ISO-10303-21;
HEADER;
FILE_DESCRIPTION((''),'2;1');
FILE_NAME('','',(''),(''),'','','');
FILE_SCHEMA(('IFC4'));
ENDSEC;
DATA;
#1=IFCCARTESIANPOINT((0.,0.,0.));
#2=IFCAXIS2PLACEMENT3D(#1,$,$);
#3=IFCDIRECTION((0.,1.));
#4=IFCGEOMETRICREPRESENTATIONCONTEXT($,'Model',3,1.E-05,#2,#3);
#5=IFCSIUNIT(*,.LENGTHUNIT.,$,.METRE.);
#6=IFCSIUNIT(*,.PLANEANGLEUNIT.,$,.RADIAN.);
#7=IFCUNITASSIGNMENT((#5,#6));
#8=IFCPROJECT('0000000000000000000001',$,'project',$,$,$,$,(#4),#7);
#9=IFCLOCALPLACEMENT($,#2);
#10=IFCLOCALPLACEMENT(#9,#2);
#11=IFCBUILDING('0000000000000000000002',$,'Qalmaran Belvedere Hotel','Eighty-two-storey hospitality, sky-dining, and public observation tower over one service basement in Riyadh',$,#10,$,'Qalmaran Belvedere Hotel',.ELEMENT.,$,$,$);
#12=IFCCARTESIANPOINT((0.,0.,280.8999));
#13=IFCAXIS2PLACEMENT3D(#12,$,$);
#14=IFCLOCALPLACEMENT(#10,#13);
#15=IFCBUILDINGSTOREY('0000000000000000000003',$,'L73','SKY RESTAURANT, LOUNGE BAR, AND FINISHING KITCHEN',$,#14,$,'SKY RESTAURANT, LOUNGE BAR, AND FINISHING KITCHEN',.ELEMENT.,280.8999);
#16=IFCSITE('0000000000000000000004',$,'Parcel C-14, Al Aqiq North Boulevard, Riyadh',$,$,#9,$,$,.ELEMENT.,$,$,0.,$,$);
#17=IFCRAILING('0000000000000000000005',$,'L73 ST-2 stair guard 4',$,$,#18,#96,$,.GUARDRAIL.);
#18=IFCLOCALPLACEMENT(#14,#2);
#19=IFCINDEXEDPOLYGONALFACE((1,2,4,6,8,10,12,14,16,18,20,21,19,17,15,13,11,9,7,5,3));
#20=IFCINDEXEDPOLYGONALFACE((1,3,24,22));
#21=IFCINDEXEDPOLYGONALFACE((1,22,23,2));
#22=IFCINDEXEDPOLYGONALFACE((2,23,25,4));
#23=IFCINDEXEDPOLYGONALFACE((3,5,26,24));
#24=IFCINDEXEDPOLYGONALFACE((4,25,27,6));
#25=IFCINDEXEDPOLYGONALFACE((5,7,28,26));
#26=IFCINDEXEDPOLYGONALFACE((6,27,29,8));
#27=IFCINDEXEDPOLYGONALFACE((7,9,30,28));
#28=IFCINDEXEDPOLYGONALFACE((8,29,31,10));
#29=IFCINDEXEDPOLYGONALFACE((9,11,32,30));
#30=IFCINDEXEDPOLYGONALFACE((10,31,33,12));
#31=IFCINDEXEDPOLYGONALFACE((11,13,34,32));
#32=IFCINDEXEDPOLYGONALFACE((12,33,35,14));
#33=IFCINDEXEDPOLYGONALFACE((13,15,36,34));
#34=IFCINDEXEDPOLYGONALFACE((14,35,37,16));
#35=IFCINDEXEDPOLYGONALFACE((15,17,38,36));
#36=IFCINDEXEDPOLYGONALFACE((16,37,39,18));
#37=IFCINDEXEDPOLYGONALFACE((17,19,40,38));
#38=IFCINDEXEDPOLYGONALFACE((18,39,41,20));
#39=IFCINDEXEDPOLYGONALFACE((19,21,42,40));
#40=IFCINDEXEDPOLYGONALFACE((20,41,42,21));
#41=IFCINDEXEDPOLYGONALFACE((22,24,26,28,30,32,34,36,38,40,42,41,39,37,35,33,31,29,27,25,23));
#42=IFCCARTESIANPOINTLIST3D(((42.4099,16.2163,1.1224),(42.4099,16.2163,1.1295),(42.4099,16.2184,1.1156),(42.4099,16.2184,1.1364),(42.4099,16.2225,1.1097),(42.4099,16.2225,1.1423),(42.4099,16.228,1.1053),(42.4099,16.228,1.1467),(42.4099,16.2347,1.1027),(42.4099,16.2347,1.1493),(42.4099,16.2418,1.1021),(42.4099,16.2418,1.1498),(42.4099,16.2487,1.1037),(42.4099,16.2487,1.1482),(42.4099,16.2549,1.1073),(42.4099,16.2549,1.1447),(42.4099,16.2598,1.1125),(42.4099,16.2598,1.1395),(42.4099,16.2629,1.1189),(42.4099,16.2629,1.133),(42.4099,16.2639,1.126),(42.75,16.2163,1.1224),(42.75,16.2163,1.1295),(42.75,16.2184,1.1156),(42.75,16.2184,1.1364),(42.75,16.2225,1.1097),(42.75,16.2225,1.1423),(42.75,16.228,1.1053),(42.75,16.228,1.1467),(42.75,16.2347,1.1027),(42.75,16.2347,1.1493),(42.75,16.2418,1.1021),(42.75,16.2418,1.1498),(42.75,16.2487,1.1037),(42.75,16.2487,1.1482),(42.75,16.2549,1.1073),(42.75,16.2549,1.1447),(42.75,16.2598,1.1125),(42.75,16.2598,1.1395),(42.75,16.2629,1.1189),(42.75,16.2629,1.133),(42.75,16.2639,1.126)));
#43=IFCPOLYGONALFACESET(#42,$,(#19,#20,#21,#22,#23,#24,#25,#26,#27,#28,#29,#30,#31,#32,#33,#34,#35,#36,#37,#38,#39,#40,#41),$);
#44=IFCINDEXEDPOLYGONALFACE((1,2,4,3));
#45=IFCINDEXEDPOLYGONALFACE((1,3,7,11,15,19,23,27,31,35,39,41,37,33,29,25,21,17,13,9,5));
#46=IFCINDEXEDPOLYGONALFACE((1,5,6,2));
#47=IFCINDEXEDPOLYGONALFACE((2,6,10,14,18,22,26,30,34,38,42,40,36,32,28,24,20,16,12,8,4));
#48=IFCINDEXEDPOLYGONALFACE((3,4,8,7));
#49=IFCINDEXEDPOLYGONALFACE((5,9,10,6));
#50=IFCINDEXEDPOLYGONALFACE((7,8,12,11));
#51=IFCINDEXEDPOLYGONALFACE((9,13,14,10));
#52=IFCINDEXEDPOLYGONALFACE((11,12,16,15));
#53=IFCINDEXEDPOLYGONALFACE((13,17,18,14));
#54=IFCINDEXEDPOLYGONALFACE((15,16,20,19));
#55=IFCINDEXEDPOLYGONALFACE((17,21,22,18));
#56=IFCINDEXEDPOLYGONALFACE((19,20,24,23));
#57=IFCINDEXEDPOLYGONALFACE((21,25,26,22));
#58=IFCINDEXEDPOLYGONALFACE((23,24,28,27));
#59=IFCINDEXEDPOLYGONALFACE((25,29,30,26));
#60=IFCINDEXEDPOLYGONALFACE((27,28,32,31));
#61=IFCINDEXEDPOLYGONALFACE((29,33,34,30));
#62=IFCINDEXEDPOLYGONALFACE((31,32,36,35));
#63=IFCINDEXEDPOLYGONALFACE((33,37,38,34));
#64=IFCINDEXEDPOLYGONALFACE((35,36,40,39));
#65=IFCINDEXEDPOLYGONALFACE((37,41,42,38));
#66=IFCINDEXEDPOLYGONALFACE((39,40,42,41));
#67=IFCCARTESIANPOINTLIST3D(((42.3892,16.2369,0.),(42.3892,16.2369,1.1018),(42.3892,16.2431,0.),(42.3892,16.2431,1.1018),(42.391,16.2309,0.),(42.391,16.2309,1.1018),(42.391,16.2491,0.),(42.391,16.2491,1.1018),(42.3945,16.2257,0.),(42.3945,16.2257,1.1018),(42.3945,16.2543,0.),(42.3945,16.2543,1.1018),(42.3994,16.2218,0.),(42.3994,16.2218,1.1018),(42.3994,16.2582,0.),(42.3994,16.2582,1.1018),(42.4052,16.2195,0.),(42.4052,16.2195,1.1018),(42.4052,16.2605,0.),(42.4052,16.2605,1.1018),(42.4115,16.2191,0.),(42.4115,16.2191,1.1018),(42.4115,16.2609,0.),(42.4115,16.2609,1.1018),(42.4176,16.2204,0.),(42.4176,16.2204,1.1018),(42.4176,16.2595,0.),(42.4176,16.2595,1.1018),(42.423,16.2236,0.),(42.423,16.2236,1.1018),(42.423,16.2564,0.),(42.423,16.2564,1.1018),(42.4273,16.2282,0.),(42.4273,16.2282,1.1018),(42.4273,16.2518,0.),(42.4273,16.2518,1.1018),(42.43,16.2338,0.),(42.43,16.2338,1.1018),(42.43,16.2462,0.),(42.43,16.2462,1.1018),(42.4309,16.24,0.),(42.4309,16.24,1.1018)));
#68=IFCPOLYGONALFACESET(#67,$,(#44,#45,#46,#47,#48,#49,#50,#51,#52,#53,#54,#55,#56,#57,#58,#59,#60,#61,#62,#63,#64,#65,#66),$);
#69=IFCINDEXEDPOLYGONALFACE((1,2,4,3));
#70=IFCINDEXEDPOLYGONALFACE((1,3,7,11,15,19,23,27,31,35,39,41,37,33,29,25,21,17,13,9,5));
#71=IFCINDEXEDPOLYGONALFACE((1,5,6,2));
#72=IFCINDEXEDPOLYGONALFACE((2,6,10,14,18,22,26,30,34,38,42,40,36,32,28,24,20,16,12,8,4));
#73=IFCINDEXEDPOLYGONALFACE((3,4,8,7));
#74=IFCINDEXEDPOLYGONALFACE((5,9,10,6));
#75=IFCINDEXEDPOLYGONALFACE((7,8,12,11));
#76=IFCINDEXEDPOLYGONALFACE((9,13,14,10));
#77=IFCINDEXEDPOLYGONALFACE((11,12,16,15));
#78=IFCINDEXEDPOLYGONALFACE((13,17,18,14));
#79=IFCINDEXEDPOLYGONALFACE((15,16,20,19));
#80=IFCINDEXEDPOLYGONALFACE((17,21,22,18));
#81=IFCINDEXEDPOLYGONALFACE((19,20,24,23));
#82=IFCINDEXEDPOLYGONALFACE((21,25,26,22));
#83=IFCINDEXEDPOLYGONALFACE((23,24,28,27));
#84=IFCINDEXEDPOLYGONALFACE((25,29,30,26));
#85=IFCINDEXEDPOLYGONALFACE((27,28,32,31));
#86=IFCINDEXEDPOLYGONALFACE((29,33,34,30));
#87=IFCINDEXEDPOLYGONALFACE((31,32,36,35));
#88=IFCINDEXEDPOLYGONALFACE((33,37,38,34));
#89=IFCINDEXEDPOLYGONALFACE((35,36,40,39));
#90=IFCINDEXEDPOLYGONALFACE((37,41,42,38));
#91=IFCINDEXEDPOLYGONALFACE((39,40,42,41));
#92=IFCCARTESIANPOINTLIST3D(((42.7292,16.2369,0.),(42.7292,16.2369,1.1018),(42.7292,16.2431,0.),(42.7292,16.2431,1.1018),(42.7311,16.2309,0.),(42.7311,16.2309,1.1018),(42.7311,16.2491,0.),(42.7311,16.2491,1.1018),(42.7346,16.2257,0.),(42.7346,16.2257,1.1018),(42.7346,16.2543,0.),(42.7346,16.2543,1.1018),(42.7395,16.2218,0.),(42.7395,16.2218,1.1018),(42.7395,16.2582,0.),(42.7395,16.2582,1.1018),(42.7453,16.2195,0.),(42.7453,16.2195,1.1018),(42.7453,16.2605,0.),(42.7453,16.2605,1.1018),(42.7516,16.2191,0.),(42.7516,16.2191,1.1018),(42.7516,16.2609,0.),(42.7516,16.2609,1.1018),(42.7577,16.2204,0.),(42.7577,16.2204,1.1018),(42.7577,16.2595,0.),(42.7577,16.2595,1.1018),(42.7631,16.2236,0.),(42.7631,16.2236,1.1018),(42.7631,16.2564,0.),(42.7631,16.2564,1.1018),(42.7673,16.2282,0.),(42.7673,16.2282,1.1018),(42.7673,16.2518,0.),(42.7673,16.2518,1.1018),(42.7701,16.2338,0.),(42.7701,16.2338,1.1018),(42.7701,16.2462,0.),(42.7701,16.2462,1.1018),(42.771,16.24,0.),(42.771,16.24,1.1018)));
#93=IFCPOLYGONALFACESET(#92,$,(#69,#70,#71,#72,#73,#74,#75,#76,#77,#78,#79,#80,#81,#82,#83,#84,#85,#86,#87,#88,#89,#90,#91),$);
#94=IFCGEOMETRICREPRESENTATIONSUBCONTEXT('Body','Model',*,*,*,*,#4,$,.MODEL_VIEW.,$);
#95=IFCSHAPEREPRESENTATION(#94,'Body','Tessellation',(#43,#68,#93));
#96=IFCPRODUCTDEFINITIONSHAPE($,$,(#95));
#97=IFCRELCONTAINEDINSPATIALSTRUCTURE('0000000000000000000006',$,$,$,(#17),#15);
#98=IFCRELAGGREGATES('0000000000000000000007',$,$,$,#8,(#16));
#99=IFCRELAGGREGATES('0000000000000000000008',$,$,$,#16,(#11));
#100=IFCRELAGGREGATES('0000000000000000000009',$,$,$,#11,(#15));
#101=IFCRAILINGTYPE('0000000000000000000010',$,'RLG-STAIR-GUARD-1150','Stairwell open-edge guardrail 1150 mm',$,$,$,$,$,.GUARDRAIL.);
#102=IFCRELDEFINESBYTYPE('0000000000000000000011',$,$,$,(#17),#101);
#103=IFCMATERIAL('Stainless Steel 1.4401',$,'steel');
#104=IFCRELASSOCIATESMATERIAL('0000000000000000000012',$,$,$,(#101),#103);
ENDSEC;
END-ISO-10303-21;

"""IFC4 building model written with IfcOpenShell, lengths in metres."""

from ifc_helpers import new_model, si_unit, direction, frame, origin, origin_2d, place, context, subcontext, project, spatial, circle, extrude, material, type_object, element, save


model = new_model("IFC4")

# Units and contexts
model_context = context("Model", 3, precision=1e-05, world=origin(), true_north=direction((0.0, 1.0)))
body_context = subcontext(model_context, "Body", "Model", "MODEL_VIEW")
ifc_project = project(units=[si_unit("LENGTHUNIT", "METRE"), si_unit("PLANEANGLEUNIT", "RADIAN")], contexts=[model_context])

# Site, building, storey
site_placement = place(None, origin())
site = spatial("IfcSite", under=ifc_project, at=site_placement, Name="Parcel C-14, Al Aqiq North Boulevard, Riyadh", CompositionType="ELEMENT", RefElevation=0.0)
building_placement = place(site_placement, origin())
building = spatial("IfcBuilding", under=site, at=building_placement, Name="Qalmaran Belvedere Hotel", Description="Eighty-two-storey hospitality, sky-dining, and public observation tower over one service basement in Riyadh", LongName="Qalmaran Belvedere Hotel", CompositionType="ELEMENT")
storey_placement = place(building_placement, frame((0.0, 0.0, 280.8999)))
storey = spatial("IfcBuildingStorey", under=building, at=storey_placement, Name="L73", Description="SKY RESTAURANT, LOUNGE BAR, AND FINISHING KITCHEN", LongName="SKY RESTAURANT, LOUNGE BAR, AND FINISHING KITCHEN", CompositionType="ELEMENT", Elevation=280.8999)

# Railing
ifc_material_1 = material(Name="Stainless Steel 1.4401", Category="steel")
railing_type_1 = type_object("IfcRailingType", Name="RLG-STAIR-GUARD-1150", Description="Stairwell open-edge guardrail 1150 mm", PredefinedType="GUARDRAIL", material=ifc_material_1)
railing_1_placement = place(storey_placement, frame((42.4099, 16.24, 0.0)))
element("IfcRailing", 1, at=railing_1_placement, inside=storey, type_object=railing_type_1, Name="L73 ST-2 stair guard 4", PredefinedType="GUARDRAIL", context=body_context, shape_type="SweptSolid", body=[
    extrude(circle(Radius=0.0239, at=origin_2d()), frame((0.0, 0.0, 1.126), z_axis=(1.0, 0.0, 0.0), x_axis=(0.0, 1.0, 0.0)), (0.0, 0.0, 1.0), 0.3401),
    extrude(circle(Radius=0.021, at=origin_2d()), origin(), (0.0, 0.0, 1.0), 1.1018),
    extrude(circle(Radius=0.021, at=origin_2d()), frame((0.3401, 0.0, 0.0)), (0.0, 0.0, 1.0), 1.1018),
])

save(model, "model.ifc")
